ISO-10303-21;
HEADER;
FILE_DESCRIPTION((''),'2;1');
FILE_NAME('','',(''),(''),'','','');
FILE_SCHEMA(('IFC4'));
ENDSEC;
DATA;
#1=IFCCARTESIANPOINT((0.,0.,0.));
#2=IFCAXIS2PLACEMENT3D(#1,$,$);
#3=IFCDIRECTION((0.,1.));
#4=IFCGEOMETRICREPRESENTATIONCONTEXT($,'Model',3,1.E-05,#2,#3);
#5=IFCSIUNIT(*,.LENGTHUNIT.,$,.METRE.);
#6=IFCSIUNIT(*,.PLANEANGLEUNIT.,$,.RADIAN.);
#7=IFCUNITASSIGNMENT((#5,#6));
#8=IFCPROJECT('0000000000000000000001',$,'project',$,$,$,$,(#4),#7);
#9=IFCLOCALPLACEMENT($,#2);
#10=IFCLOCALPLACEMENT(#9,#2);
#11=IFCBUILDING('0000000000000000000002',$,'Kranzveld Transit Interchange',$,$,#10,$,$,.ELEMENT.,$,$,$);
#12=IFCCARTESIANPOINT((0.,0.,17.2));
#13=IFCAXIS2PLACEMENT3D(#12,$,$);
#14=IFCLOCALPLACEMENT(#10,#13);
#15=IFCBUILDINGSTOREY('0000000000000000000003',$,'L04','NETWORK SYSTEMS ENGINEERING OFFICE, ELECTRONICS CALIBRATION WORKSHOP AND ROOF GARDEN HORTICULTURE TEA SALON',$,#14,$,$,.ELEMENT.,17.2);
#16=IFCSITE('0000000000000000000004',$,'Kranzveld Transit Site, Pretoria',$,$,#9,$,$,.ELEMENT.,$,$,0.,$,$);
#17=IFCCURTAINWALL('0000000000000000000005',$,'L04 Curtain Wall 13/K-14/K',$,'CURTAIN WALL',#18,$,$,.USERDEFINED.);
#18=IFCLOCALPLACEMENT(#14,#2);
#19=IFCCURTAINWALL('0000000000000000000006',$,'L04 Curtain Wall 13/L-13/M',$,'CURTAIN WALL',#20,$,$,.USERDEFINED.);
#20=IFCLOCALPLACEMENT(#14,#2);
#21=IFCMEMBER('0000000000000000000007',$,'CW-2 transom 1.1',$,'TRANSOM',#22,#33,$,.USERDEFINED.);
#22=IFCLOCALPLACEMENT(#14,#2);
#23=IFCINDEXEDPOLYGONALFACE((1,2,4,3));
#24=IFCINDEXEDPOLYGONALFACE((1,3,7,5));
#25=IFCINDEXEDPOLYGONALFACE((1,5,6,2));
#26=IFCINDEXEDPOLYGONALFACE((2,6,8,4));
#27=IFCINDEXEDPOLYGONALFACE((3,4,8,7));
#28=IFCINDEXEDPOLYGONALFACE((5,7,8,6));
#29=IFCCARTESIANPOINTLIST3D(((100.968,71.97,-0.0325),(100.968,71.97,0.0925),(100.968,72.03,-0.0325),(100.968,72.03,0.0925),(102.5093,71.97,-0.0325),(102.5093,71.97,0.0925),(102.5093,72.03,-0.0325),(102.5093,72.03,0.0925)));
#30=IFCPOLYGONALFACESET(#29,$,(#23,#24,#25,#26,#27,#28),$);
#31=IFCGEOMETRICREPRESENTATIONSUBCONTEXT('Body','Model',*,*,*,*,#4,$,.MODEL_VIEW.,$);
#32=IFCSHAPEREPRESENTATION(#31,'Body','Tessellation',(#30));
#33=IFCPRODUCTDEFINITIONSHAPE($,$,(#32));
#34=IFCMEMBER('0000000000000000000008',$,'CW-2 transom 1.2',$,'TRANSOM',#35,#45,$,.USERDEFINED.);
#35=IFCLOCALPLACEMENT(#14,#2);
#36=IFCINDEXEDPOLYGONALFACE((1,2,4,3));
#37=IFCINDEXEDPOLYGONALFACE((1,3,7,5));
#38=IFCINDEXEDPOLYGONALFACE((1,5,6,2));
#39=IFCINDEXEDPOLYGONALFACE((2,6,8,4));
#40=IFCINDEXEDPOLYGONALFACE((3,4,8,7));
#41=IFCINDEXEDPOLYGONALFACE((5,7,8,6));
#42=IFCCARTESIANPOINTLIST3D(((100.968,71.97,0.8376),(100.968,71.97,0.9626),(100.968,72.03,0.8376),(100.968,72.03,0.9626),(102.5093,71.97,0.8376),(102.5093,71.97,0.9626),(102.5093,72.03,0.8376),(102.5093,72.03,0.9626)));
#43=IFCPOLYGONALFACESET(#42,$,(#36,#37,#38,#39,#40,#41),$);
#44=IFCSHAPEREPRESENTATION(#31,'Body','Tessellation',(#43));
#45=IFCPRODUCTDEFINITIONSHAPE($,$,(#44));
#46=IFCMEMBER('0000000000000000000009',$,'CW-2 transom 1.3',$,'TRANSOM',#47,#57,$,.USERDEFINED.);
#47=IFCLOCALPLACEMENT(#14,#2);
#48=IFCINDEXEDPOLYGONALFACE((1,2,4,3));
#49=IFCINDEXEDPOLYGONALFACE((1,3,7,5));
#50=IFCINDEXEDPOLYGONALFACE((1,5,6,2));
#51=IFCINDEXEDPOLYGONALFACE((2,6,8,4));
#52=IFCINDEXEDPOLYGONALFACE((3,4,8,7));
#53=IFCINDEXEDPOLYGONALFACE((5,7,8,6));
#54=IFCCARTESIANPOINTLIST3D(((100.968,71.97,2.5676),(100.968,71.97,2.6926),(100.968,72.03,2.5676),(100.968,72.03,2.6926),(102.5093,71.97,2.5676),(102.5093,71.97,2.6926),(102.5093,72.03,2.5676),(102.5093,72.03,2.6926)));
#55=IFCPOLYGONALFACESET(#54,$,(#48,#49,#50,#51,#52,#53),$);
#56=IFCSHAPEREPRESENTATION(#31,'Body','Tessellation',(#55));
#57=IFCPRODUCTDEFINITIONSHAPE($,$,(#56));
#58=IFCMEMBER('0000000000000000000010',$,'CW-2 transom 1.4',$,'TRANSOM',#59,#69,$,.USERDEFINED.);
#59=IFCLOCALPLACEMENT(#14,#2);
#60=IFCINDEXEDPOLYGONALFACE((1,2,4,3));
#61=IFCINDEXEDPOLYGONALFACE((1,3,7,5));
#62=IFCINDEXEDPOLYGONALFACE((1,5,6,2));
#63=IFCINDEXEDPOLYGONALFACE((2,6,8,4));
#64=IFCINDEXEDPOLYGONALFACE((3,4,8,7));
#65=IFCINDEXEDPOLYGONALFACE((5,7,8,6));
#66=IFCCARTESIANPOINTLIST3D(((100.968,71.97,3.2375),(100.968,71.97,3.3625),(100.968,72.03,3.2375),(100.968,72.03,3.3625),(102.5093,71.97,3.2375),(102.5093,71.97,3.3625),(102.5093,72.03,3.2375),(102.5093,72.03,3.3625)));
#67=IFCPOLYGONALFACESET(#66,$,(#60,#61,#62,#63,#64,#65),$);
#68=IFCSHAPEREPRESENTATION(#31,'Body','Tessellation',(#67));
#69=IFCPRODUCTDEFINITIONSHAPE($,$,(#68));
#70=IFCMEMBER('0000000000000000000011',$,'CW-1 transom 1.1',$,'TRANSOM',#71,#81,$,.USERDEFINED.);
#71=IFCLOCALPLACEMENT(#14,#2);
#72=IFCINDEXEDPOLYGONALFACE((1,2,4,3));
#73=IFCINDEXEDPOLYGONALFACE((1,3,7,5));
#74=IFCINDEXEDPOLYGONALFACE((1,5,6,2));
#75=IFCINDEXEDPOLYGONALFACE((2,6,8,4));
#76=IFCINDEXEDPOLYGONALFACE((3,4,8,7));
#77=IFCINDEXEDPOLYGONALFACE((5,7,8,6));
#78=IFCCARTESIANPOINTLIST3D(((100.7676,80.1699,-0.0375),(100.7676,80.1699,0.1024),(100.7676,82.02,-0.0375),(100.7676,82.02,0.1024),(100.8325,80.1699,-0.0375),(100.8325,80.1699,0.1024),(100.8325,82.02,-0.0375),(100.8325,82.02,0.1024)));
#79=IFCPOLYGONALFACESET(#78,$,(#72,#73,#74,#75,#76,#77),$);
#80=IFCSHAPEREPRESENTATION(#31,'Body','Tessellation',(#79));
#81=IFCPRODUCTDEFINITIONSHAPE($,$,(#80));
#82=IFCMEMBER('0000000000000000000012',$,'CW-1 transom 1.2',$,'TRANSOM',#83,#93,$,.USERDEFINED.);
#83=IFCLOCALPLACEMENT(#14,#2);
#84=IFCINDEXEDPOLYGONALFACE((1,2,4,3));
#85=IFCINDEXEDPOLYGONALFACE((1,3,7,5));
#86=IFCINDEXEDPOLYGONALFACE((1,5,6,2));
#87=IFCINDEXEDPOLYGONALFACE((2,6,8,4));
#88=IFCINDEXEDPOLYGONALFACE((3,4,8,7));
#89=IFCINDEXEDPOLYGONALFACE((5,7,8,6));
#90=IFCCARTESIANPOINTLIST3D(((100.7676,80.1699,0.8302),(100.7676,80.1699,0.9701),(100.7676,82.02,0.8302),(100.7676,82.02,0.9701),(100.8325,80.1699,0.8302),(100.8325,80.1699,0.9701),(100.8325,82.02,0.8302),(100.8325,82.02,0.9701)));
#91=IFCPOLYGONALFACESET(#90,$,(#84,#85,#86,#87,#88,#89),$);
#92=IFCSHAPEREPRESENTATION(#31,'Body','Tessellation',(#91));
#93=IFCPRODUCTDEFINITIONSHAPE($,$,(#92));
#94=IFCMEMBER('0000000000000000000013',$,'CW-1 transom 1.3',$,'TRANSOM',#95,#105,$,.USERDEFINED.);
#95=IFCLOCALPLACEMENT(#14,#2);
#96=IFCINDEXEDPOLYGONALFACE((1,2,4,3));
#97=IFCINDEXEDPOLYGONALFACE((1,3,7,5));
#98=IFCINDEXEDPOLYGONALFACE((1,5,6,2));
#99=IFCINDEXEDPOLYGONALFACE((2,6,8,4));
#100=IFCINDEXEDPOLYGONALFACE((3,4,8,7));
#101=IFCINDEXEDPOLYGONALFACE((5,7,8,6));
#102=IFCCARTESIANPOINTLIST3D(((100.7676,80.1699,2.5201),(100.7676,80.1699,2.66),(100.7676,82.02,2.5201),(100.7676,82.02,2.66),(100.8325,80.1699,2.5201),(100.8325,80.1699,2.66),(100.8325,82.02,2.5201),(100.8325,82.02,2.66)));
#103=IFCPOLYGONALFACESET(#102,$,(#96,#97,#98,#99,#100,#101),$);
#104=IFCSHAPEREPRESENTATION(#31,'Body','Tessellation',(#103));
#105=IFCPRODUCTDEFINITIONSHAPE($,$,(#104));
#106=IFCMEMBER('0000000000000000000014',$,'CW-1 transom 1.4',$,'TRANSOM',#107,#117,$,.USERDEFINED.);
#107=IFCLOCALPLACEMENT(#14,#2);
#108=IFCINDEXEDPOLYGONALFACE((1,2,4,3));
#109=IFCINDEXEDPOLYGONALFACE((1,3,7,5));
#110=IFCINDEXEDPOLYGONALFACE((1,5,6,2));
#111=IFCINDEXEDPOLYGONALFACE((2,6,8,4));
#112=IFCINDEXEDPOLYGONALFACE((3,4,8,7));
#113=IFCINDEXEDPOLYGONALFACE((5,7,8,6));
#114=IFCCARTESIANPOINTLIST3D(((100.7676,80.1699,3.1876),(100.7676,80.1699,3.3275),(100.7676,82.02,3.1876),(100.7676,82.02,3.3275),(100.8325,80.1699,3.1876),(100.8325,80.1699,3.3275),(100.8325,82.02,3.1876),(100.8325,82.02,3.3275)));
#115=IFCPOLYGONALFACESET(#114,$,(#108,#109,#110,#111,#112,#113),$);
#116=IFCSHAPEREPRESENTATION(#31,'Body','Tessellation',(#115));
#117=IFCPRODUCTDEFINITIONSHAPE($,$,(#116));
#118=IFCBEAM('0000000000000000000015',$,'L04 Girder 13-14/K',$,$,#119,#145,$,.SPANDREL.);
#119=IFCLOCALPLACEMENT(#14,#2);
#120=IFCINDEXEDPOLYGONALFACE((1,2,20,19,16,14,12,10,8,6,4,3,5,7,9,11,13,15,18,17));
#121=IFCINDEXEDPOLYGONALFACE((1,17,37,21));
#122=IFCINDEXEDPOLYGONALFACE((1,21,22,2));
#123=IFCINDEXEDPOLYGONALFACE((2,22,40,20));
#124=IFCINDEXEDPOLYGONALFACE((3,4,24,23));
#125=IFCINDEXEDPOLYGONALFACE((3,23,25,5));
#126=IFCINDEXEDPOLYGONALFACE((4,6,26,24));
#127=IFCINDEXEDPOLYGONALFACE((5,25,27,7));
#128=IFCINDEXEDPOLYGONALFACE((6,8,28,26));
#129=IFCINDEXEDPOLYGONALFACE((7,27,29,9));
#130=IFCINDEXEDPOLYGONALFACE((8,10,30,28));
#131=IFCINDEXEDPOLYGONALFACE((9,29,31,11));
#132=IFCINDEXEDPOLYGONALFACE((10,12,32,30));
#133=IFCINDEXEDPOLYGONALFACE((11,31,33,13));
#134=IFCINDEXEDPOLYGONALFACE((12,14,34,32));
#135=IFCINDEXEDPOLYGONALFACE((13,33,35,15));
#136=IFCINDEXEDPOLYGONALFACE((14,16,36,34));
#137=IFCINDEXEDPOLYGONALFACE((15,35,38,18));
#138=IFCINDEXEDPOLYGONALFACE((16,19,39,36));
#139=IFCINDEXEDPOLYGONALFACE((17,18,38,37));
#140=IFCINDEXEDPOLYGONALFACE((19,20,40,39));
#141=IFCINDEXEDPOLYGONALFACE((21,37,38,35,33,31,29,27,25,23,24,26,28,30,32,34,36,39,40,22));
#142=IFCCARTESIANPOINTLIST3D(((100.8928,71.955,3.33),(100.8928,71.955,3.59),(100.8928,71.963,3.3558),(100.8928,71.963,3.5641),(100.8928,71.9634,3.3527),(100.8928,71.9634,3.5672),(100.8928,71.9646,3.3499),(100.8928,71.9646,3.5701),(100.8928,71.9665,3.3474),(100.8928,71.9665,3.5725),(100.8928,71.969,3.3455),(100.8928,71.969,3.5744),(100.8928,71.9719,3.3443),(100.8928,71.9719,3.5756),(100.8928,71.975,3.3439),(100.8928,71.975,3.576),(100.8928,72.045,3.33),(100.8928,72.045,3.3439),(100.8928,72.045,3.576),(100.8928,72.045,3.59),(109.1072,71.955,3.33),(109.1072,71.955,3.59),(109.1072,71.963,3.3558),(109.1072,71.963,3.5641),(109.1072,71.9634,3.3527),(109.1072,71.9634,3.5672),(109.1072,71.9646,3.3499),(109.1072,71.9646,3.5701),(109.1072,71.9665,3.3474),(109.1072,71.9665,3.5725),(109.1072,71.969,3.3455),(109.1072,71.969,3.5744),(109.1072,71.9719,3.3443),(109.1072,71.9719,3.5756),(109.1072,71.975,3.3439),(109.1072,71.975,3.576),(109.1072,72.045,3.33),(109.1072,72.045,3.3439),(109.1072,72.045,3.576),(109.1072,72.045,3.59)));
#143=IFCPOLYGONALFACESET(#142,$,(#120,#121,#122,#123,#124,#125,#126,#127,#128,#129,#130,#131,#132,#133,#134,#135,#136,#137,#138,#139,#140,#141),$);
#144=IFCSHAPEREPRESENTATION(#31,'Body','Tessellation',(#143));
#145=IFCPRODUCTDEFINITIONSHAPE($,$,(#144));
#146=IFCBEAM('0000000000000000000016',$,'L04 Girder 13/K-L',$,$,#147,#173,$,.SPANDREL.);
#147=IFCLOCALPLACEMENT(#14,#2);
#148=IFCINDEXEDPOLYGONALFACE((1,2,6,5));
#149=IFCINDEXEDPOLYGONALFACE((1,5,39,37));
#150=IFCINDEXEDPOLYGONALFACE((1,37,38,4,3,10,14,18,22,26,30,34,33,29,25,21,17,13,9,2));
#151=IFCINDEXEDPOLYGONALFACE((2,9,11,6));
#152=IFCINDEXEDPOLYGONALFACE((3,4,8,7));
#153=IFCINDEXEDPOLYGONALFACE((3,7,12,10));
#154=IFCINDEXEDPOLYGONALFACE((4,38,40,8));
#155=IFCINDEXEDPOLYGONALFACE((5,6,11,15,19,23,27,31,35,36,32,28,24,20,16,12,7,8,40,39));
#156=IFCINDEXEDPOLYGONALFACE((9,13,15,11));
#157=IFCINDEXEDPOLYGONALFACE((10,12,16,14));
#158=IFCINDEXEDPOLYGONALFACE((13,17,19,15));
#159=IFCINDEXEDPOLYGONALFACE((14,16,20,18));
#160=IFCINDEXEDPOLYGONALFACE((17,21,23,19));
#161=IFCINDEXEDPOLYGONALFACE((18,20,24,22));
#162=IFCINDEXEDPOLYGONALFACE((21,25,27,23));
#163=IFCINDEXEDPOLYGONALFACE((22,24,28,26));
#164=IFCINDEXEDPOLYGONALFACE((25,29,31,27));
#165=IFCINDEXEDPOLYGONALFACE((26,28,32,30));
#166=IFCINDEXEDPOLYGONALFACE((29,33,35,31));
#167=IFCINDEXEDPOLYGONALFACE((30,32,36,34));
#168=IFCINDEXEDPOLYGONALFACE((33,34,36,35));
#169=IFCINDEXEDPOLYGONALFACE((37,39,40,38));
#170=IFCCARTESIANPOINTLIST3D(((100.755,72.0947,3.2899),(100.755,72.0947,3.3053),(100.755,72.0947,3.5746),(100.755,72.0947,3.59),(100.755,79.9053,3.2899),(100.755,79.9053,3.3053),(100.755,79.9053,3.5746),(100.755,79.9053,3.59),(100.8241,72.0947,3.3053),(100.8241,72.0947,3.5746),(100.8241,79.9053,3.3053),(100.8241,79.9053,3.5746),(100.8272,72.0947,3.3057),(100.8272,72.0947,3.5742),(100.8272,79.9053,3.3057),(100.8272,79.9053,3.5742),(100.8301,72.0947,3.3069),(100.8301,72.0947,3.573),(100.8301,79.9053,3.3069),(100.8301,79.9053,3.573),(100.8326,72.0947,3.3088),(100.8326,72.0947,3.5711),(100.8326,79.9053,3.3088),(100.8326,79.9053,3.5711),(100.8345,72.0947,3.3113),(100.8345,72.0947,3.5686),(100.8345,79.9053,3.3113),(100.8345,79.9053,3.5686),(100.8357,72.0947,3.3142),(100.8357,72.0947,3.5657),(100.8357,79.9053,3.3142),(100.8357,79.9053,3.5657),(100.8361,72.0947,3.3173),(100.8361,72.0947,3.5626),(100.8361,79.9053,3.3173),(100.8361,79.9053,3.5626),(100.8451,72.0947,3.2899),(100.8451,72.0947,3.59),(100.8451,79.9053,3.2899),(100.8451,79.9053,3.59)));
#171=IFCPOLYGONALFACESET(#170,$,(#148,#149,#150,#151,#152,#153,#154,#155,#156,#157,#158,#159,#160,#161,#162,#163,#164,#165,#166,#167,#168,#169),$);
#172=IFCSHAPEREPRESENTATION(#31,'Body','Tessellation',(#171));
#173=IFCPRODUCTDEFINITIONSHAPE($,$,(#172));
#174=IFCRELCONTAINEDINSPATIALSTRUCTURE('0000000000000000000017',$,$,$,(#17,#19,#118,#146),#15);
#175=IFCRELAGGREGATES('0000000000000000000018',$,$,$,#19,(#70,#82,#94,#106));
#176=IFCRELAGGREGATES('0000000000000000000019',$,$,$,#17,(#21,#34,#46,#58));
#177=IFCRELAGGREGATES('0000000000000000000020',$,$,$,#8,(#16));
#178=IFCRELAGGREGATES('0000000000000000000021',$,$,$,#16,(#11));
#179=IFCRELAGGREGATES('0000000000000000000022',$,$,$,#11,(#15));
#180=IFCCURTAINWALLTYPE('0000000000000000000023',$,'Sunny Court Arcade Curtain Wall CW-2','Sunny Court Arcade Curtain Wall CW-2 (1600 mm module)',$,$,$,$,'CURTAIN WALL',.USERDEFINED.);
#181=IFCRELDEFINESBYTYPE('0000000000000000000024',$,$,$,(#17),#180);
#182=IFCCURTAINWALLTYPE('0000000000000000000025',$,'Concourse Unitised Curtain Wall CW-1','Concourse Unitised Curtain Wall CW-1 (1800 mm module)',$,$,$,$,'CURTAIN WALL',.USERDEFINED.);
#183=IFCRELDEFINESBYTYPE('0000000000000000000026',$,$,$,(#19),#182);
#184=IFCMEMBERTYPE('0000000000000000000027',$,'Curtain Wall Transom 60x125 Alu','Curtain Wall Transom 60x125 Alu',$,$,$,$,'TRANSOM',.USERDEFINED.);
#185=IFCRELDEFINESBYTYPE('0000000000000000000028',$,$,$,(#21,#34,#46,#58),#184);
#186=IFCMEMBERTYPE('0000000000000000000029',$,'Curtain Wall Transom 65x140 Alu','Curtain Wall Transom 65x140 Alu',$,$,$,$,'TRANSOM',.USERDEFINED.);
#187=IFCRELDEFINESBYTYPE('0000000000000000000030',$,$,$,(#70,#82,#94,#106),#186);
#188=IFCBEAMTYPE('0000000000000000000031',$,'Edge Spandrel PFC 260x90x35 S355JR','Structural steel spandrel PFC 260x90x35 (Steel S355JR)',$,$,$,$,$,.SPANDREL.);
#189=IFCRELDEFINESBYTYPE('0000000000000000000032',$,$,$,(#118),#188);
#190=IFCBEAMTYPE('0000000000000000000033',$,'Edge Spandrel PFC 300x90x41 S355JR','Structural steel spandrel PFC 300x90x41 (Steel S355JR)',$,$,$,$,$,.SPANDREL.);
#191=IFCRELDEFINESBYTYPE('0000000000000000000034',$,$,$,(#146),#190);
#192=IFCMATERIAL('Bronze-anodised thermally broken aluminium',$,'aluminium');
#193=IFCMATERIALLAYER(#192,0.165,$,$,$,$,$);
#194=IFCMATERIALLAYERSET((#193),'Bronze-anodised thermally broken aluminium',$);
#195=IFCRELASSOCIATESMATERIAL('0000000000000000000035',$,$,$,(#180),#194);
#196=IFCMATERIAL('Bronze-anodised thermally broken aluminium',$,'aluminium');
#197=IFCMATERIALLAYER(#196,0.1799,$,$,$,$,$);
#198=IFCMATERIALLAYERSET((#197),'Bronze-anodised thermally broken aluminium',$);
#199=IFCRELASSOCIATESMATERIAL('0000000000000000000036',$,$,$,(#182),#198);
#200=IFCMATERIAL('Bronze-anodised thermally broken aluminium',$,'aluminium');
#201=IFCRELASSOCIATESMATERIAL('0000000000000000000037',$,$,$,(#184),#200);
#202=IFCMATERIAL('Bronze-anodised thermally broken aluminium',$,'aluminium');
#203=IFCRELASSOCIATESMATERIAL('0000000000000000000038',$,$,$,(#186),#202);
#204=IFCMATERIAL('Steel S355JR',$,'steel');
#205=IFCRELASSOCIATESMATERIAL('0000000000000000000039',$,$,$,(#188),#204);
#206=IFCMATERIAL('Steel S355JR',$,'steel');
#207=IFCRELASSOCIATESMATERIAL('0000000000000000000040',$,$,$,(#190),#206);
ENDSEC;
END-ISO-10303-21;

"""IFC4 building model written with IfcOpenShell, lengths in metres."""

from ifc_helpers import new_model, si_unit, direction, frame, origin, origin_2d, place, context, subcontext, project, spatial, rectangle, u_section, extrude, material, layer, layer_set, material_profile, profile_set, type_object, element, aggregate, save


model = new_model("IFC4")

# Units and contexts
model_context = context("Model", 3, precision=1e-05, world=origin(), true_north=direction((0.0, 1.0)))
body_context = subcontext(model_context, "Body", "Model", "MODEL_VIEW")
ifc_project = project(units=[si_unit("LENGTHUNIT", "METRE"), si_unit("PLANEANGLEUNIT", "RADIAN")], contexts=[model_context])

# Site, building, storey
site_placement = place(None, origin())
site = spatial("IfcSite", under=ifc_project, at=site_placement, Name="Kranzveld Transit Site, Pretoria", CompositionType="ELEMENT", RefElevation=0.0)
building_placement = place(site_placement, origin())
building = spatial("IfcBuilding", under=site, at=building_placement, Name="Kranzveld Transit Interchange", CompositionType="ELEMENT")
storey_placement = place(building_placement, frame((0.0, 0.0, 17.2)))
storey = spatial("IfcBuildingStorey", under=building, at=storey_placement, Name="L04", Description="NETWORK SYSTEMS ENGINEERING OFFICE, ELECTRONICS CALIBRATION WORKSHOP AND ROOF GARDEN HORTICULTURE TEA SALON", CompositionType="ELEMENT", Elevation=17.2)

# Curtain wall
ifc_material_1 = material(Name="Bronze-anodised thermally broken aluminium", Category="aluminium")
ifc_layer_1 = layer(ifc_material_1, 0.165)
ifc_layer_set_1 = layer_set([ifc_layer_1], Name="Bronze-anodised thermally broken aluminium")
curtain_wall_type_1 = type_object("IfcCurtainWallType", Name="Sunny Court Arcade Curtain Wall CW-2", Description="Sunny Court Arcade Curtain Wall CW-2 (1600 mm module)", ElementType="CURTAIN WALL", PredefinedType="USERDEFINED", material=ifc_layer_set_1)
curtain_wall_1_placement = place(storey_placement, origin())
curtain_wall_1 = element("IfcCurtainWall", 1, at=curtain_wall_1_placement, inside=storey, type_object=curtain_wall_type_1, Name="L04 Curtain Wall 13/K-14/K", ObjectType="CURTAIN WALL", PredefinedType="USERDEFINED")

# Curtain wall
ifc_material_2 = material(Name="Bronze-anodised thermally broken aluminium", Category="aluminium")
ifc_layer_2 = layer(ifc_material_2, 0.1799)
ifc_layer_set_2 = layer_set([ifc_layer_2], Name="Bronze-anodised thermally broken aluminium")
curtain_wall_type_2 = type_object("IfcCurtainWallType", Name="Concourse Unitised Curtain Wall CW-1", Description="Concourse Unitised Curtain Wall CW-1 (1800 mm module)", ElementType="CURTAIN WALL", PredefinedType="USERDEFINED", material=ifc_layer_set_2)
curtain_wall_2_placement = place(storey_placement, origin())
curtain_wall_2 = element("IfcCurtainWall", 2, at=curtain_wall_2_placement, inside=storey, type_object=curtain_wall_type_2, Name="L04 Curtain Wall 13/L-13/M", ObjectType="CURTAIN WALL", PredefinedType="USERDEFINED")

# Members
ifc_material_3 = material(Name="Bronze-anodised thermally broken aluminium", Category="aluminium")
ifc_material_profile_1 = material_profile(ifc_material_3, rectangle(XDim=0.0601, YDim=0.125, at=origin_2d()), Name="ALU TRANSOM 60x125")
ifc_profile_set_1 = profile_set([ifc_material_profile_1], Name="Bronze-anodised thermally broken aluminium")
member_type_1 = type_object("IfcMemberType", Name="Curtain Wall Transom 60x125 Alu", Description="Curtain Wall Transom 60x125 Alu", ElementType="TRANSOM", PredefinedType="USERDEFINED", material=ifc_profile_set_1)
member_1_placement = place(storey_placement, frame((100.968, 72.0, 0.03), z_axis=(1.0, 0.0, 0.0), x_axis=(0.0, 1.0, 0.0)))
member_1 = element("IfcMember", 3, at=member_1_placement, type_object=member_type_1, Name="CW-2 transom 1.1", ObjectType="TRANSOM", PredefinedType="USERDEFINED", context=body_context, shape_type="SweptSolid", body=[
    extrude(rectangle(XDim=0.0601, YDim=0.125, at=origin_2d()), origin(), (0.0, 0.0, 1.0), 1.5413),
])
member_2_placement = place(storey_placement, frame((100.968, 72.0, 0.9001), z_axis=(1.0, 0.0, 0.0), x_axis=(0.0, 1.0, 0.0)))
member_2 = element("IfcMember", 4, at=member_2_placement, type_object=member_type_1, Name="CW-2 transom 1.2", ObjectType="TRANSOM", PredefinedType="USERDEFINED", context=body_context, shape_type="SweptSolid", body=[
    extrude(rectangle(XDim=0.0601, YDim=0.125, at=origin_2d()), origin(), (0.0, 0.0, 1.0), 1.5413),
])
member_3_placement = place(storey_placement, frame((100.968, 72.0, 2.6301), z_axis=(1.0, 0.0, 0.0), x_axis=(0.0, 1.0, 0.0)))
member_3 = element("IfcMember", 5, at=member_3_placement, type_object=member_type_1, Name="CW-2 transom 1.3", ObjectType="TRANSOM", PredefinedType="USERDEFINED", context=body_context, shape_type="SweptSolid", body=[
    extrude(rectangle(XDim=0.0601, YDim=0.125, at=origin_2d()), origin(), (0.0, 0.0, 1.0), 1.5413),
])
member_4_placement = place(storey_placement, frame((100.968, 72.0, 3.3), z_axis=(1.0, 0.0, 0.0), x_axis=(0.0, 1.0, 0.0)))
member_4 = element("IfcMember", 6, at=member_4_placement, type_object=member_type_1, Name="CW-2 transom 1.4", ObjectType="TRANSOM", PredefinedType="USERDEFINED", context=body_context, shape_type="SweptSolid", body=[
    extrude(rectangle(XDim=0.0601, YDim=0.125, at=origin_2d()), origin(), (0.0, 0.0, 1.0), 1.5413),
])
ifc_material_4 = material(Name="Bronze-anodised thermally broken aluminium", Category="aluminium")
ifc_material_profile_2 = material_profile(ifc_material_4, rectangle(XDim=0.0649, YDim=0.1399, at=origin_2d()), Name="ALU TRANSOM 65x140")
ifc_profile_set_2 = profile_set([ifc_material_profile_2], Name="Bronze-anodised thermally broken aluminium")
member_type_2 = type_object("IfcMemberType", Name="Curtain Wall Transom 65x140 Alu", Description="Curtain Wall Transom 65x140 Alu", ElementType="TRANSOM", PredefinedType="USERDEFINED", material=ifc_profile_set_2)
member_5_placement = place(storey_placement, frame((100.8, 80.1699, 0.0325), z_axis=(0.0, 1.0, 0.0), x_axis=(-1.0, 0.0, 0.0)))
member_5 = element("IfcMember", 7, at=member_5_placement, type_object=member_type_2, Name="CW-1 transom 1.1", ObjectType="TRANSOM", PredefinedType="USERDEFINED", context=body_context, shape_type="SweptSolid", body=[
    extrude(rectangle(XDim=0.0649, YDim=0.1399, at=origin_2d()), origin(), (0.0, 0.0, 1.0), 1.8501),
])
member_6_placement = place(storey_placement, frame((100.8, 80.1699, 0.9001), z_axis=(0.0, 1.0, 0.0), x_axis=(-1.0, 0.0, 0.0)))
member_6 = element("IfcMember", 8, at=member_6_placement, type_object=member_type_2, Name="CW-1 transom 1.2", ObjectType="TRANSOM", PredefinedType="USERDEFINED", context=body_context, shape_type="SweptSolid", body=[
    extrude(rectangle(XDim=0.0649, YDim=0.1399, at=origin_2d()), origin(), (0.0, 0.0, 1.0), 1.8501),
])
member_7_placement = place(storey_placement, frame((100.8, 80.1699, 2.5901), z_axis=(0.0, 1.0, 0.0), x_axis=(-1.0, 0.0, 0.0)))
member_7 = element("IfcMember", 9, at=member_7_placement, type_object=member_type_2, Name="CW-1 transom 1.3", ObjectType="TRANSOM", PredefinedType="USERDEFINED", context=body_context, shape_type="SweptSolid", body=[
    extrude(rectangle(XDim=0.0649, YDim=0.1399, at=origin_2d()), origin(), (0.0, 0.0, 1.0), 1.8501),
])
member_8_placement = place(storey_placement, frame((100.8, 80.1699, 3.2576), z_axis=(0.0, 1.0, 0.0), x_axis=(-1.0, 0.0, 0.0)))
member_8 = element("IfcMember", 10, at=member_8_placement, type_object=member_type_2, Name="CW-1 transom 1.4", ObjectType="TRANSOM", PredefinedType="USERDEFINED", context=body_context, shape_type="SweptSolid", body=[
    extrude(rectangle(XDim=0.0649, YDim=0.1399, at=origin_2d()), origin(), (0.0, 0.0, 1.0), 1.8501),
])

# Beams
ifc_material_5 = material(Name="Steel S355JR", Category="steel")
ifc_material_profile_3 = material_profile(ifc_material_5, u_section(Depth=0.26, FlangeWidth=0.0901, WebThickness=0.0081, FlangeThickness=0.0139, FilletRadius=0.012, at=origin_2d()), Name="PFC 260x90x35")
ifc_profile_set_3 = profile_set([ifc_material_profile_3], Name="Steel S355JR")
beam_type_1 = type_object("IfcBeamType", Name="Edge Spandrel PFC 260x90x35 S355JR", Description="Structural steel spandrel PFC 260x90x35 (Steel S355JR)", PredefinedType="SPANDREL", material=ifc_profile_set_3)
beam_1_placement = place(storey_placement, frame((100.8928, 72.0, 3.46), z_axis=(1.0, 0.0, 0.0), x_axis=(0.0, 1.0, 0.0)))
element("IfcBeam", 11, at=beam_1_placement, inside=storey, type_object=beam_type_1, Name="L04 Girder 13-14/K", PredefinedType="SPANDREL", context=body_context, shape_type="SweptSolid", body=[
    extrude(u_section(Depth=0.26, FlangeWidth=0.0901, WebThickness=0.0081, FlangeThickness=0.0139, FilletRadius=0.012, at=origin_2d()), origin(), (0.0, 0.0, 1.0), 8.2144),
])
ifc_material_6 = material(Name="Steel S355JR", Category="steel")
ifc_material_profile_4 = material_profile(ifc_material_6, u_section(Depth=0.3, FlangeWidth=0.0901, WebThickness=0.009, FlangeThickness=0.0154, FilletRadius=0.012, at=origin_2d()), Name="PFC 300x90x41")
ifc_profile_set_4 = profile_set([ifc_material_profile_4], Name="Steel S355JR")
beam_type_2 = type_object("IfcBeamType", Name="Edge Spandrel PFC 300x90x41 S355JR", Description="Structural steel spandrel PFC 300x90x41 (Steel S355JR)", PredefinedType="SPANDREL", material=ifc_profile_set_4)
for number, where, z_axis, x_axis, name in (
    (12, (100.8, 72.0947, 3.4399), (0.0, 1.0, 0.0), (-1.0, 0.0, 0.0), "L04 Girder 13/K-L"),
):
    element("IfcBeam", number, at=place(storey_placement, frame(where, z_axis=z_axis, x_axis=x_axis)), inside=storey, type_object=beam_type_2, Name=name, PredefinedType="SPANDREL", context=body_context, shape_type="SweptSolid", body=[
        extrude(u_section(Depth=0.3, FlangeWidth=0.0901, WebThickness=0.009, FlangeThickness=0.0154, FilletRadius=0.012, at=origin_2d()), origin(), (0.0, 0.0, 1.0), 7.8105),
    ])

aggregate(curtain_wall_2, [member_5, member_6, member_7, member_8])
aggregate(curtain_wall_1, [member_1, member_2, member_3, member_4])

save(model, "model.ifc")
